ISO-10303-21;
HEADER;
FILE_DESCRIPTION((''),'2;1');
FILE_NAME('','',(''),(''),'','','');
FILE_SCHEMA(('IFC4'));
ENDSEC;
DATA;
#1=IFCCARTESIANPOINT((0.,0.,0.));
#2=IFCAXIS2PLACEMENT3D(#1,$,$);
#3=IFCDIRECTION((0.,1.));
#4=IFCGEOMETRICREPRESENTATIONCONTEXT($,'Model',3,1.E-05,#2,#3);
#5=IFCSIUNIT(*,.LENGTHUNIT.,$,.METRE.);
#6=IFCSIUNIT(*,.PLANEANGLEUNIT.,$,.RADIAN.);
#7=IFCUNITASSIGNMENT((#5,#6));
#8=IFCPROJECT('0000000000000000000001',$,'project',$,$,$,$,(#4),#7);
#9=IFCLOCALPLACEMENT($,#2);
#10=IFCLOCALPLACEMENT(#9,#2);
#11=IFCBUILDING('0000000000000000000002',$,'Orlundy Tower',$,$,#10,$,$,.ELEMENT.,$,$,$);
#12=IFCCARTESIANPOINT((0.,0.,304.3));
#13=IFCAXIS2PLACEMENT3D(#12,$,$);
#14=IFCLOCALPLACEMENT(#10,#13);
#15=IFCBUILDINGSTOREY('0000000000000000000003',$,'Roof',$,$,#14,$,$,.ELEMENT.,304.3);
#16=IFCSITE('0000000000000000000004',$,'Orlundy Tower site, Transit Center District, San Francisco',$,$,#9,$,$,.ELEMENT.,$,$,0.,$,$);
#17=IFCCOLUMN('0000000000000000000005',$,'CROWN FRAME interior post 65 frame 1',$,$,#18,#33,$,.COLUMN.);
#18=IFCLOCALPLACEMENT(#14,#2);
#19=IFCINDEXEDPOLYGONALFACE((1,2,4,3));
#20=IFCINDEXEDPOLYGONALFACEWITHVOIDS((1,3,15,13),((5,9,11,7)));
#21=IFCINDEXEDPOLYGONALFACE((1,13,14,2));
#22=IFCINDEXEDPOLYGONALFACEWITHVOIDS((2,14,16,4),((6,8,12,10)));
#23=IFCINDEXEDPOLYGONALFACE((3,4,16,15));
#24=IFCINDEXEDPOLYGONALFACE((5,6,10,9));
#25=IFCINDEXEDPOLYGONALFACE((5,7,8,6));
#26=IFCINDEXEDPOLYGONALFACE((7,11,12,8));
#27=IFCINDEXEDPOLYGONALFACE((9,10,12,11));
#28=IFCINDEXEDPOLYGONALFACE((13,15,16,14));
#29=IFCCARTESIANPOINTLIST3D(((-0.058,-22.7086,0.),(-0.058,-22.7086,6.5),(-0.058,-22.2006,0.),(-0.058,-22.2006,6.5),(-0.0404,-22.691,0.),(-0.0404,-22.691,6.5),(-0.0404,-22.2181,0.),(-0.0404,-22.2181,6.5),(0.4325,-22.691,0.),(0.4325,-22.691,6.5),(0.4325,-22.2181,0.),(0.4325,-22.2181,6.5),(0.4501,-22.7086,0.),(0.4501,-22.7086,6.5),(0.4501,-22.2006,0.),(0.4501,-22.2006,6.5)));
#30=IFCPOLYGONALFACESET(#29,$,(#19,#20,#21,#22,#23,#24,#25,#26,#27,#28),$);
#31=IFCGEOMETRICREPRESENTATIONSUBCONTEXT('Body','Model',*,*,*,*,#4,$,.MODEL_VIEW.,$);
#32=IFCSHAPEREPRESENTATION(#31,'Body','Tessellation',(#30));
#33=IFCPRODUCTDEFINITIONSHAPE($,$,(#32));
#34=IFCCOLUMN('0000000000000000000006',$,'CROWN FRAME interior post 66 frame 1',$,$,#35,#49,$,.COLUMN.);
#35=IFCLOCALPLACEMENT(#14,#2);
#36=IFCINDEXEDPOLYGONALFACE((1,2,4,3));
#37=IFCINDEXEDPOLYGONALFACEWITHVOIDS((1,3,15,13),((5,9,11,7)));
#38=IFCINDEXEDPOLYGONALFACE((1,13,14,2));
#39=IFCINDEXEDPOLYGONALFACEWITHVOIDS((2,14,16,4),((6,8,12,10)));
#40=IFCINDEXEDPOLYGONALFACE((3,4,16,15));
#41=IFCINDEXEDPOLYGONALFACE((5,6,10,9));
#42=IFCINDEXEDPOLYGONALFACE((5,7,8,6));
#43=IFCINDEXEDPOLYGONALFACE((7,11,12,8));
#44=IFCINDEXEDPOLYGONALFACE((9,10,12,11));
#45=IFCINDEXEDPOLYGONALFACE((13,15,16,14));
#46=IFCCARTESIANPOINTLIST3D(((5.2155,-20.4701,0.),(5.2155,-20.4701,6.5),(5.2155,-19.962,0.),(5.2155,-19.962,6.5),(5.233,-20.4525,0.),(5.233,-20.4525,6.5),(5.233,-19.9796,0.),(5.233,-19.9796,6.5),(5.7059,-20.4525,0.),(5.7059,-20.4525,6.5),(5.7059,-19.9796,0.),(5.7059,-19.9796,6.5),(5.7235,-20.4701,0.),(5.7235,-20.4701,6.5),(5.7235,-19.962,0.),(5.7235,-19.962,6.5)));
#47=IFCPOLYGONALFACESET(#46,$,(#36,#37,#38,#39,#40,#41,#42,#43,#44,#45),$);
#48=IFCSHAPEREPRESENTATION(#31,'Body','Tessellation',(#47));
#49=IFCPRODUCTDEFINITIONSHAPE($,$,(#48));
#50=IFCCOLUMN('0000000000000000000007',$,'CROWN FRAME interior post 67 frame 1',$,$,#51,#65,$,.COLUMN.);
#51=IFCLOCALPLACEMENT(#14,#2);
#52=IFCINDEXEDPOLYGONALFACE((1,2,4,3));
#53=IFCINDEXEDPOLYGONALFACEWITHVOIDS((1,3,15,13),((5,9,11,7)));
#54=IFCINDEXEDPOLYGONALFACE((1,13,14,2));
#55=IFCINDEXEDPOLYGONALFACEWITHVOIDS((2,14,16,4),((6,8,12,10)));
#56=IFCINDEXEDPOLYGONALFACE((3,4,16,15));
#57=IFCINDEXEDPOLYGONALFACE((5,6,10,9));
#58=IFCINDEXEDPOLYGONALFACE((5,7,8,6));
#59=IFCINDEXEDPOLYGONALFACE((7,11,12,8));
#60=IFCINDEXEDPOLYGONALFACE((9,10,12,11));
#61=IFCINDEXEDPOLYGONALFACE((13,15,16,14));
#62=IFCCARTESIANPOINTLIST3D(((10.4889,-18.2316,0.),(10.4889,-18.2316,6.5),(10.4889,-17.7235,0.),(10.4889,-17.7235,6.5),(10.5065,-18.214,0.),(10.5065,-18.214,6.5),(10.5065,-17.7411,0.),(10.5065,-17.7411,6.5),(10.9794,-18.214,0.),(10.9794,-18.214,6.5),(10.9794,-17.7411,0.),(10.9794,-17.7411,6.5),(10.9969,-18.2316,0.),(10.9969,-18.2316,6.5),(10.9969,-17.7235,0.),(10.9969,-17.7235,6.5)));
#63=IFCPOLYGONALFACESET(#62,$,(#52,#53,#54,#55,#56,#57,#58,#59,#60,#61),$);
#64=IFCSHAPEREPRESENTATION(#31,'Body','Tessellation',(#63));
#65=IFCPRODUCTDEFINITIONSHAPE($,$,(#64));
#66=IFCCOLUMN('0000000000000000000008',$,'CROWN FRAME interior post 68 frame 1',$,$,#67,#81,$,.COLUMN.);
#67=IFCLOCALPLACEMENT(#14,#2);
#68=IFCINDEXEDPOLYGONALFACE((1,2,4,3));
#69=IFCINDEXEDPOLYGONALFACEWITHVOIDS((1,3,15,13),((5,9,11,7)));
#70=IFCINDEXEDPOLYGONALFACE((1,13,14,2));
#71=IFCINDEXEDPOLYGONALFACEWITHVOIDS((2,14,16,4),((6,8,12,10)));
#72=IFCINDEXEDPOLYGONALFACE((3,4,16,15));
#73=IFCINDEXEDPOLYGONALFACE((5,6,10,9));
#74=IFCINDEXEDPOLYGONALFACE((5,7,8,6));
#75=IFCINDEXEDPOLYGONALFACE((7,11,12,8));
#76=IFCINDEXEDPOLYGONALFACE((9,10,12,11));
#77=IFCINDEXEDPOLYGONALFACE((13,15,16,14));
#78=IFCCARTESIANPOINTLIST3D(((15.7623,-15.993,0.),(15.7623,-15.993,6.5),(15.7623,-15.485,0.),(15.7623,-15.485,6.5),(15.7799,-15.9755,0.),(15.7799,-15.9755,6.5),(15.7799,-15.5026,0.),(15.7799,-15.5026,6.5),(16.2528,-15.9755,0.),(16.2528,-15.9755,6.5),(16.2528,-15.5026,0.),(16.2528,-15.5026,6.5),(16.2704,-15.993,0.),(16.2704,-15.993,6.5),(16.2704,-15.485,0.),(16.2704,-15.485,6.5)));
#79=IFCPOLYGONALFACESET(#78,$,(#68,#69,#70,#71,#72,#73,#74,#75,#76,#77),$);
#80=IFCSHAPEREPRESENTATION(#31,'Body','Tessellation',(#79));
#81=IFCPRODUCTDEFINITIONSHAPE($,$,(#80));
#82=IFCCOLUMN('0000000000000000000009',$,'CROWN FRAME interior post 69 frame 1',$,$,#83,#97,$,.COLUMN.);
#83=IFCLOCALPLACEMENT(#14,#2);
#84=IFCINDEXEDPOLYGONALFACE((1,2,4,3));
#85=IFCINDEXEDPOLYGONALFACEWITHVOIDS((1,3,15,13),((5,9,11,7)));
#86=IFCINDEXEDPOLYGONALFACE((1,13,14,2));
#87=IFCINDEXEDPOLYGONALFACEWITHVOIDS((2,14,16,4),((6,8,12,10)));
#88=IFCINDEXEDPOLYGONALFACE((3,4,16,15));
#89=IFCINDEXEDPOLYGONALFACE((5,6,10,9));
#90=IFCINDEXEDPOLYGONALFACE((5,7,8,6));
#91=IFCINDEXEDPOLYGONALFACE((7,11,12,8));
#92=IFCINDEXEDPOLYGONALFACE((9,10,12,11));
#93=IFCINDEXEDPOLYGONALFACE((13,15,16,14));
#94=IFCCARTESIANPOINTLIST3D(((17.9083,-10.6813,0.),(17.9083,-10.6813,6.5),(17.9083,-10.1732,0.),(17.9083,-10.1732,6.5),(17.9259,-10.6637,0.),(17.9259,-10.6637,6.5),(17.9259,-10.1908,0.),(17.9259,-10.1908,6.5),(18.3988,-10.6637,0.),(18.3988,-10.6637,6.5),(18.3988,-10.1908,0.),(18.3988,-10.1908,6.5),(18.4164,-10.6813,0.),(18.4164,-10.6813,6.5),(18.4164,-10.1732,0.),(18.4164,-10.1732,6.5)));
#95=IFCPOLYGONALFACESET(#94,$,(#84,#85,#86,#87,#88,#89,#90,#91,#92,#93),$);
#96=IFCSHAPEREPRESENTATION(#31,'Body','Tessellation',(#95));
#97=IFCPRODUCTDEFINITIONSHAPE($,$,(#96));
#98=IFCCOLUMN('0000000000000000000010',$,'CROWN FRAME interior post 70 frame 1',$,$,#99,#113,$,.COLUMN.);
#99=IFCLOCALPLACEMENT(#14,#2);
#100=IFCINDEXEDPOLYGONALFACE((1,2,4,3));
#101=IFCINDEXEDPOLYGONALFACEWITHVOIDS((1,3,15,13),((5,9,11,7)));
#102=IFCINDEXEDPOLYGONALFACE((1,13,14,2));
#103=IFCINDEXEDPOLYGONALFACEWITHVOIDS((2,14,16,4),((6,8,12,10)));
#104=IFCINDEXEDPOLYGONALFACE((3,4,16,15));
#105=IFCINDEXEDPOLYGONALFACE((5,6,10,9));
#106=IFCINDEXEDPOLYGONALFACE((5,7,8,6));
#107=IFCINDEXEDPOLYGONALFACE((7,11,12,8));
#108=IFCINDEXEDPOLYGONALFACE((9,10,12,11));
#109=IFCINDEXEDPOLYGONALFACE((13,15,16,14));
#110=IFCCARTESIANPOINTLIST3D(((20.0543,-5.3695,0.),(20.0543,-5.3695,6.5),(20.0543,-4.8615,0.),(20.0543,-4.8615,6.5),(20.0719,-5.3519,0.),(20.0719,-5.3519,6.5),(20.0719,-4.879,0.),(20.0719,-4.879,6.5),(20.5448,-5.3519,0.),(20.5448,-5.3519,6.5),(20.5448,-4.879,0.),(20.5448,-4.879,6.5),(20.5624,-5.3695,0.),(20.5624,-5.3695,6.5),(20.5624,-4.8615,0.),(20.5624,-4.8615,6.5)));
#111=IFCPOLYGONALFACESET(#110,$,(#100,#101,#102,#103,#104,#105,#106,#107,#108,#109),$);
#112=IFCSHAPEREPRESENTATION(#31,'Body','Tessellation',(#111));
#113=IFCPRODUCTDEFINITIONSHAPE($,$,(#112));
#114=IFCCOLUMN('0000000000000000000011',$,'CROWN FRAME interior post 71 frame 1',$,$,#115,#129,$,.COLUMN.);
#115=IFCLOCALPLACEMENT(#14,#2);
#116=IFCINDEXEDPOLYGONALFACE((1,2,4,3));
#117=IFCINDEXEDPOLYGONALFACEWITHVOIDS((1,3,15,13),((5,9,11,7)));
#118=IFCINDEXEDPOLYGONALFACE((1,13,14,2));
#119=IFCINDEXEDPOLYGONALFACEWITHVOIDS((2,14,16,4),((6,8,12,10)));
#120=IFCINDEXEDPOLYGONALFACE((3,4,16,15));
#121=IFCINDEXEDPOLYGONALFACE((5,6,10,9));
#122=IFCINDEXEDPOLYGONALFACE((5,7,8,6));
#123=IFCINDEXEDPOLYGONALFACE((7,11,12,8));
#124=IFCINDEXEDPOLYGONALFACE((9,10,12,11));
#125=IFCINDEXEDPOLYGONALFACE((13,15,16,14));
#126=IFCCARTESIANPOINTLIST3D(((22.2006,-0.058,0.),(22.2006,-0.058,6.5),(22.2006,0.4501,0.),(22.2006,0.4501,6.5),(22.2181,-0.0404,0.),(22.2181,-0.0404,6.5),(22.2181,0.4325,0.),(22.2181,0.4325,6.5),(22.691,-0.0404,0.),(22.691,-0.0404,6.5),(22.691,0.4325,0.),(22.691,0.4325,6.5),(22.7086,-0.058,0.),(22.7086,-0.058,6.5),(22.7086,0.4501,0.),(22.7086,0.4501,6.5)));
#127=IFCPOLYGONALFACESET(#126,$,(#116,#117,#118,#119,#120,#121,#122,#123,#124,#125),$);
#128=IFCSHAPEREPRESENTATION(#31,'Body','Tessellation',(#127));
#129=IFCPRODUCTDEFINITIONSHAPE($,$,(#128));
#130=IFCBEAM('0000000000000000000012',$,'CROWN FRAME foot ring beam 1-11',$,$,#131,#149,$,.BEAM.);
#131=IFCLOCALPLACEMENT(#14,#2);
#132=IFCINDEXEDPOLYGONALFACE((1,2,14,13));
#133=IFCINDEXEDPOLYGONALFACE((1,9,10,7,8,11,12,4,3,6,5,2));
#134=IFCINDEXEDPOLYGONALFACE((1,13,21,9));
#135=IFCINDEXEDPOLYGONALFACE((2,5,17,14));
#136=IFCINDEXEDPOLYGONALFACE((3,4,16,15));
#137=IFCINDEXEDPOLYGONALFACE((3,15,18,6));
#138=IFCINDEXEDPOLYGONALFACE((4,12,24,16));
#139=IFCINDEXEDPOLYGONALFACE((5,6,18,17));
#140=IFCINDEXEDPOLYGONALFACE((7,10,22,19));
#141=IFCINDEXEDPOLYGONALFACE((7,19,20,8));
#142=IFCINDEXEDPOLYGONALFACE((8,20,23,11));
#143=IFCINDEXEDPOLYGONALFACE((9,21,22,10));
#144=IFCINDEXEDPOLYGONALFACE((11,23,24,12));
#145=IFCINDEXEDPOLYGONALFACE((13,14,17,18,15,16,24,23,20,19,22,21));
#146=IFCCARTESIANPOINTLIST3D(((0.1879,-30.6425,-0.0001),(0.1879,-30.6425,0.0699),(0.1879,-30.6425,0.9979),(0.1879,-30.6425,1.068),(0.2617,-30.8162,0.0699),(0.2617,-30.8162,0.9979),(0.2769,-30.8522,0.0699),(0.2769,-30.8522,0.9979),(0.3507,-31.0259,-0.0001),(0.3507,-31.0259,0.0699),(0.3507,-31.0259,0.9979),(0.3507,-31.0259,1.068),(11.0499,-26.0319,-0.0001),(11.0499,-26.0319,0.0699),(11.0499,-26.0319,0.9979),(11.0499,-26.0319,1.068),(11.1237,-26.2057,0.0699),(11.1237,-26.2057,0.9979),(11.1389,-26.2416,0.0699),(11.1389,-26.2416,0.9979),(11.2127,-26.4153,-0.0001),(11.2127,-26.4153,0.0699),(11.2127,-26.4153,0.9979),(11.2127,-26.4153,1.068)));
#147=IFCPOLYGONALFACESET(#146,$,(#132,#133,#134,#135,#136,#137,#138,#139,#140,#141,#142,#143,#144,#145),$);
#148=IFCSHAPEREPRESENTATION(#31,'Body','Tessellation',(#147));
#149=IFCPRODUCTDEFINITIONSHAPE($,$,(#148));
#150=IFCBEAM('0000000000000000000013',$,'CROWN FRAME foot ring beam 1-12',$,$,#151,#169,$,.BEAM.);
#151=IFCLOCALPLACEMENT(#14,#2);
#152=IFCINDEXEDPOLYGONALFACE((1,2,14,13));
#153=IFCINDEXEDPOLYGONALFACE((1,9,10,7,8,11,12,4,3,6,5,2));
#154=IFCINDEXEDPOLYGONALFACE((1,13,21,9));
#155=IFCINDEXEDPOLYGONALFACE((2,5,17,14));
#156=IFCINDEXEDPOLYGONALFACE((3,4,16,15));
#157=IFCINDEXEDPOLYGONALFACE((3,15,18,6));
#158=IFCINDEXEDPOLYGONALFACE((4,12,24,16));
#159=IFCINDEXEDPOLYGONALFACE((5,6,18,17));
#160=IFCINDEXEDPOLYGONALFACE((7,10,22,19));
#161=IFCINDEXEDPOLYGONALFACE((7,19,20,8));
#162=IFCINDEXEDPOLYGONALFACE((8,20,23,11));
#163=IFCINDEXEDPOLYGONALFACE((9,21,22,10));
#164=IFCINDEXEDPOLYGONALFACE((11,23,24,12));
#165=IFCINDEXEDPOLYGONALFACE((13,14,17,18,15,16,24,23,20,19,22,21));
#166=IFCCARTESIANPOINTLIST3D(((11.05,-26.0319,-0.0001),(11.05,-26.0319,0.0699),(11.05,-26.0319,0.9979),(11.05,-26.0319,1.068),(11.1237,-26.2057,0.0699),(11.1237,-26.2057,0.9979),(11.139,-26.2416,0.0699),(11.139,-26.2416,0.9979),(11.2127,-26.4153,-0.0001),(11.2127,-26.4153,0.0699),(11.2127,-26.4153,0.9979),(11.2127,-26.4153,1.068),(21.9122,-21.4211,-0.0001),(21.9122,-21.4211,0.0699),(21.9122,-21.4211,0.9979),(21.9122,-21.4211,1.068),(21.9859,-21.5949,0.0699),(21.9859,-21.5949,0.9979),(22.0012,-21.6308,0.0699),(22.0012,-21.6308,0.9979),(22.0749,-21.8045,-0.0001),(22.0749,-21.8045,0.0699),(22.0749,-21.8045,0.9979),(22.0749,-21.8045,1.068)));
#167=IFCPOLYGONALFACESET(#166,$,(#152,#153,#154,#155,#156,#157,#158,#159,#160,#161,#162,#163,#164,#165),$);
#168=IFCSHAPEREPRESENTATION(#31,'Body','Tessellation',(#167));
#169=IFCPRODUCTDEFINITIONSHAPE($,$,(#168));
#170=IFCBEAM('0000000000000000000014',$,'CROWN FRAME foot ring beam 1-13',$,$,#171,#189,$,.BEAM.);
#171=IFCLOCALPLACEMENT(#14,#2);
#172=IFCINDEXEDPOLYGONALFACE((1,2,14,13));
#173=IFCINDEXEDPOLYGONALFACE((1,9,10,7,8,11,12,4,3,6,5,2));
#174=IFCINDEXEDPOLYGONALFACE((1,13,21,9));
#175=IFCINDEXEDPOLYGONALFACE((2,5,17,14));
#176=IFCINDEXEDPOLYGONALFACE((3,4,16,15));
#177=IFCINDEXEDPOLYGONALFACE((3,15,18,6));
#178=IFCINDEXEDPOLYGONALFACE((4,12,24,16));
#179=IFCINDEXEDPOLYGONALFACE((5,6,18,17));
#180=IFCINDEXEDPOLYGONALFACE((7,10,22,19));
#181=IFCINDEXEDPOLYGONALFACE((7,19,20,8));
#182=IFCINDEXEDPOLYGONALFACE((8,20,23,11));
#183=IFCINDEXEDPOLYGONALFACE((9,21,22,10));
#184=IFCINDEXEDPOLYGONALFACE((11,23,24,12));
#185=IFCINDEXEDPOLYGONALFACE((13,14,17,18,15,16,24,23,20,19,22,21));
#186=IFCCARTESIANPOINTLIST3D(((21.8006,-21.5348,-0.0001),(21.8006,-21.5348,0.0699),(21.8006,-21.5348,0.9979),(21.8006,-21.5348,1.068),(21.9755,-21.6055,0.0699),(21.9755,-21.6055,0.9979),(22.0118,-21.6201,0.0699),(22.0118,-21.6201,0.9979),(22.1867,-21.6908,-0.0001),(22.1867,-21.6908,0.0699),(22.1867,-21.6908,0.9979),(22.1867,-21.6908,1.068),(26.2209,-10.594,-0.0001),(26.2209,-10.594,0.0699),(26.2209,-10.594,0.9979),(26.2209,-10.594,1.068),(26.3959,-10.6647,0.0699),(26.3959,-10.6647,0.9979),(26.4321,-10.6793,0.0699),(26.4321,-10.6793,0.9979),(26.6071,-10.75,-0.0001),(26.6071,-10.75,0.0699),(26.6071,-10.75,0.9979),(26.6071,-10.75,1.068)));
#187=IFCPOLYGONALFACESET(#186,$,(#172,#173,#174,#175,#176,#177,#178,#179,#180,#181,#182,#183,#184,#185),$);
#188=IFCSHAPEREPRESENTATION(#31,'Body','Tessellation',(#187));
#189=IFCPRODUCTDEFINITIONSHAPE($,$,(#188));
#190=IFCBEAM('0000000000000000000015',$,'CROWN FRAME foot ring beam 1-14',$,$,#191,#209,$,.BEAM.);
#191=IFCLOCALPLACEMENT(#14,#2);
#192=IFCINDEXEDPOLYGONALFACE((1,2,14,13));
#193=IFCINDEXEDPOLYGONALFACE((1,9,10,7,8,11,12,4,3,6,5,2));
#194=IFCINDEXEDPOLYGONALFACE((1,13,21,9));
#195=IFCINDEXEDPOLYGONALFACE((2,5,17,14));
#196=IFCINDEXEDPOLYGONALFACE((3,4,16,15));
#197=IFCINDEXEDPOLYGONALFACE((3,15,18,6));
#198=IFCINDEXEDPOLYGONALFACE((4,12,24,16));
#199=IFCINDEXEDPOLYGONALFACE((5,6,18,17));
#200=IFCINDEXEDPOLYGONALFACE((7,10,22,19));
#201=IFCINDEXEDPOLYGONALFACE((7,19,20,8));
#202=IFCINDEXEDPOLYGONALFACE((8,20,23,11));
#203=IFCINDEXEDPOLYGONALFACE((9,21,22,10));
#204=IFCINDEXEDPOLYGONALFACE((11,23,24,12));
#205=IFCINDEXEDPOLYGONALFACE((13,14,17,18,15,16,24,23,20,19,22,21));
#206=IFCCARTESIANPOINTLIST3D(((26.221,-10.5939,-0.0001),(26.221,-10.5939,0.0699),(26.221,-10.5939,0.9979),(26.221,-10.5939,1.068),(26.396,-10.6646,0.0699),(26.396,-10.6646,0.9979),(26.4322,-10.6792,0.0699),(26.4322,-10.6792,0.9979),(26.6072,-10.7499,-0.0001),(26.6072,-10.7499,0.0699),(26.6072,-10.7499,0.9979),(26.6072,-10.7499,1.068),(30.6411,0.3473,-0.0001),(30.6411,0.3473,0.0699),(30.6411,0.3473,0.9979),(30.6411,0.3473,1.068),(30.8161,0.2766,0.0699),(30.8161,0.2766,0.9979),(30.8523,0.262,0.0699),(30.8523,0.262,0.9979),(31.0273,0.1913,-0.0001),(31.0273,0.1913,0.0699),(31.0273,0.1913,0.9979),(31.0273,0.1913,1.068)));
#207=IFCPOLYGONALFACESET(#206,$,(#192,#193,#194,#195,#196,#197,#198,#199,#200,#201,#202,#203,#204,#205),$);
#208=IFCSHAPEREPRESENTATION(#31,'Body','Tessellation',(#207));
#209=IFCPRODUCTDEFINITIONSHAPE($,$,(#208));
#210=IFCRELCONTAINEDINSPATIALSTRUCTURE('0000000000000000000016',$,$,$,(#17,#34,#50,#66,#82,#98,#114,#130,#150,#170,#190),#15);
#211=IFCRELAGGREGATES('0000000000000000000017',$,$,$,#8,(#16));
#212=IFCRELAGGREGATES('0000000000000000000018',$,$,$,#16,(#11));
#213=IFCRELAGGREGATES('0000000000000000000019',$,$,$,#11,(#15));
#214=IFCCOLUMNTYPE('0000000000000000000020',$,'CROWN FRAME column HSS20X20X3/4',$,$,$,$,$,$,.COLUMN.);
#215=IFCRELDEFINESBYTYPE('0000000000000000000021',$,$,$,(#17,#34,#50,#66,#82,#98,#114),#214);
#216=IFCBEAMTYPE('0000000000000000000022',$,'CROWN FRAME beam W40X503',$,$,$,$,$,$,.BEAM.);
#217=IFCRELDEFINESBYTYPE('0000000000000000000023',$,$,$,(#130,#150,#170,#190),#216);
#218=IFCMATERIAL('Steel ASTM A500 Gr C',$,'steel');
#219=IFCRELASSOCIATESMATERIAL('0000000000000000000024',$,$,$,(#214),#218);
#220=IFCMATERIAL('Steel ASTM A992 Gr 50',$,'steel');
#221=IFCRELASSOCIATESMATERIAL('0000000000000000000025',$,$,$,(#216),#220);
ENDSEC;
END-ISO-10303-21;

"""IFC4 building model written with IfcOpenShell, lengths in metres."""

from ifc_helpers import new_model, si_unit, direction, frame, origin, origin_2d, place, context, subcontext, project, spatial, hollow_rectangle, i_section, extrude, material, material_profile, profile_set, type_object, element, save


model = new_model("IFC4")

# Units and contexts
model_context = context("Model", 3, precision=1e-05, world=origin(), true_north=direction((0.0, 1.0)))
body_context = subcontext(model_context, "Body", "Model", "MODEL_VIEW")
ifc_project = project(units=[si_unit("LENGTHUNIT", "METRE"), si_unit("PLANEANGLEUNIT", "RADIAN")], contexts=[model_context])

# Site, building, storey
site_placement = place(None, origin())
site = spatial("IfcSite", under=ifc_project, at=site_placement, Name="Orlundy Tower site, Transit Center District, San Francisco", CompositionType="ELEMENT", RefElevation=0.0)
building_placement = place(site_placement, origin())
building = spatial("IfcBuilding", under=site, at=building_placement, Name="Orlundy Tower", CompositionType="ELEMENT")
storey_placement = place(building_placement, frame((0.0, 0.0, 304.3)))
storey = spatial("IfcBuildingStorey", under=building, at=storey_placement, Name="Roof", CompositionType="ELEMENT", Elevation=304.3)

# Columns
ifc_material_1 = material(Name="Steel ASTM A500 Gr C", Category="steel")
ifc_material_profile_1 = material_profile(ifc_material_1, hollow_rectangle(XDim=0.5081, YDim=0.5081, WallThickness=0.0176, at=origin_2d()), Name="HSS20X20X3/4")
ifc_profile_set_1 = profile_set([ifc_material_profile_1], Name="Steel ASTM A500 Gr C")
column_type = type_object("IfcColumnType", Name="CROWN FRAME column HSS20X20X3/4", PredefinedType="COLUMN", material=ifc_profile_set_1)
for number, where, z_axis, x_axis, name in (
    (1, (0.196, -22.4546, 0.0), (0.0, 0.0, 1.0), (1.0, 0.0, 0.0), "CROWN FRAME interior post 65 frame 1"),
    (2, (5.4695, -20.2161, 0.0), (0.0, 0.0, 1.0), (1.0, 0.0, 0.0), "CROWN FRAME interior post 66 frame 1"),
    (3, (10.7429, -17.9775, 0.0), (0.0, 0.0, 1.0), (1.0, 0.0, 0.0), "CROWN FRAME interior post 67 frame 1"),
    (4, (16.0164, -15.739, 0.0), (0.0, 0.0, 1.0), (1.0, 0.0, 0.0), "CROWN FRAME interior post 68 frame 1"),
    (5, (18.1624, -10.4272, 0.0), (0.0, 0.0, 1.0), (1.0, 0.0, 0.0), "CROWN FRAME interior post 69 frame 1"),
    (6, (20.3083, -5.1155, 0.0), (0.0, 0.0, 1.0), (1.0, 0.0, 0.0), "CROWN FRAME interior post 70 frame 1"),
    (7, (22.4546, 0.196, 0.0), (0.0, 0.0, 1.0), (1.0, 0.0, 0.0), "CROWN FRAME interior post 71 frame 1"),
):
    element("IfcColumn", number, at=place(storey_placement, frame(where, z_axis=z_axis, x_axis=x_axis)), inside=storey, type_object=column_type, Name=name, PredefinedType="COLUMN", context=body_context, shape_type="SweptSolid", body=[
        extrude(hollow_rectangle(XDim=0.5081, YDim=0.5081, WallThickness=0.0176, at=origin_2d()), origin(), (0.0, 0.0, 1.0), 6.5),
    ])

# Beams
ifc_material_2 = material(Name="Steel ASTM A992 Gr 50", Category="steel")
ifc_material_profile_2 = material_profile(ifc_material_2, i_section(OverallWidth=0.4165, OverallDepth=1.0681, WebThickness=0.0391, FlangeThickness=0.0701, at=origin_2d()), Name="W40X503")
ifc_profile_set_2 = profile_set([ifc_material_profile_2], Name="Steel ASTM A992 Gr 50")
beam_type = type_object("IfcBeamType", Name="CROWN FRAME beam W40X503", PredefinedType="BEAM", material=ifc_profile_set_2)
beam_1_placement = place(storey_placement, frame((0.2693, -30.8342, 0.5339), z_axis=(0.920507, 0.390726, 0.0), x_axis=(-0.390726, 0.920507, 0.0)))
element("IfcBeam", 8, at=beam_1_placement, inside=storey, type_object=beam_type, Name="CROWN FRAME foot ring beam 1-11", PredefinedType="BEAM", context=body_context, shape_type="SweptSolid", body=[
    extrude(i_section(OverallWidth=0.4165, OverallDepth=1.0681, WebThickness=0.0391, FlangeThickness=0.0701, at=origin_2d()), origin(), (0.0, 0.0, 1.0), 11.8),
])
beam_2_placement = place(storey_placement, frame((11.1313, -26.2236, 0.5339), z_axis=(0.920503, 0.390736, 0.0), x_axis=(-0.390736, 0.920503, 0.0)))
element("IfcBeam", 9, at=beam_2_placement, inside=storey, type_object=beam_type, Name="CROWN FRAME foot ring beam 1-12", PredefinedType="BEAM", context=body_context, shape_type="SweptSolid", body=[
    extrude(i_section(OverallWidth=0.4165, OverallDepth=1.0681, WebThickness=0.0391, FlangeThickness=0.0701, at=origin_2d()), origin(), (0.0, 0.0, 1.0), 11.8003),
])
beam_3_placement = place(storey_placement, frame((21.9937, -21.6128, 0.5339), z_axis=(0.374606, 0.927184, 0.0), x_axis=(-0.927184, 0.374606, 0.0)))
element("IfcBeam", 10, at=beam_3_placement, inside=storey, type_object=beam_type, Name="CROWN FRAME foot ring beam 1-13", PredefinedType="BEAM", context=body_context, shape_type="SweptSolid", body=[
    extrude(i_section(OverallWidth=0.4165, OverallDepth=1.0681, WebThickness=0.0391, FlangeThickness=0.0701, at=origin_2d()), origin(), (0.0, 0.0, 1.0), 11.8),
])
beam_4_placement = place(storey_placement, frame((26.4141, -10.6719, 0.5339), z_axis=(0.374581, 0.927194, 0.0), x_axis=(-0.927194, 0.374581, 0.0)))
element("IfcBeam", 11, at=beam_4_placement, inside=storey, type_object=beam_type, Name="CROWN FRAME foot ring beam 1-14", PredefinedType="BEAM", context=body_context, shape_type="SweptSolid", body=[
    extrude(i_section(OverallWidth=0.4165, OverallDepth=1.0681, WebThickness=0.0391, FlangeThickness=0.0701, at=origin_2d()), origin(), (0.0, 0.0, 1.0), 11.8003),
])

save(model, "model.ifc")
